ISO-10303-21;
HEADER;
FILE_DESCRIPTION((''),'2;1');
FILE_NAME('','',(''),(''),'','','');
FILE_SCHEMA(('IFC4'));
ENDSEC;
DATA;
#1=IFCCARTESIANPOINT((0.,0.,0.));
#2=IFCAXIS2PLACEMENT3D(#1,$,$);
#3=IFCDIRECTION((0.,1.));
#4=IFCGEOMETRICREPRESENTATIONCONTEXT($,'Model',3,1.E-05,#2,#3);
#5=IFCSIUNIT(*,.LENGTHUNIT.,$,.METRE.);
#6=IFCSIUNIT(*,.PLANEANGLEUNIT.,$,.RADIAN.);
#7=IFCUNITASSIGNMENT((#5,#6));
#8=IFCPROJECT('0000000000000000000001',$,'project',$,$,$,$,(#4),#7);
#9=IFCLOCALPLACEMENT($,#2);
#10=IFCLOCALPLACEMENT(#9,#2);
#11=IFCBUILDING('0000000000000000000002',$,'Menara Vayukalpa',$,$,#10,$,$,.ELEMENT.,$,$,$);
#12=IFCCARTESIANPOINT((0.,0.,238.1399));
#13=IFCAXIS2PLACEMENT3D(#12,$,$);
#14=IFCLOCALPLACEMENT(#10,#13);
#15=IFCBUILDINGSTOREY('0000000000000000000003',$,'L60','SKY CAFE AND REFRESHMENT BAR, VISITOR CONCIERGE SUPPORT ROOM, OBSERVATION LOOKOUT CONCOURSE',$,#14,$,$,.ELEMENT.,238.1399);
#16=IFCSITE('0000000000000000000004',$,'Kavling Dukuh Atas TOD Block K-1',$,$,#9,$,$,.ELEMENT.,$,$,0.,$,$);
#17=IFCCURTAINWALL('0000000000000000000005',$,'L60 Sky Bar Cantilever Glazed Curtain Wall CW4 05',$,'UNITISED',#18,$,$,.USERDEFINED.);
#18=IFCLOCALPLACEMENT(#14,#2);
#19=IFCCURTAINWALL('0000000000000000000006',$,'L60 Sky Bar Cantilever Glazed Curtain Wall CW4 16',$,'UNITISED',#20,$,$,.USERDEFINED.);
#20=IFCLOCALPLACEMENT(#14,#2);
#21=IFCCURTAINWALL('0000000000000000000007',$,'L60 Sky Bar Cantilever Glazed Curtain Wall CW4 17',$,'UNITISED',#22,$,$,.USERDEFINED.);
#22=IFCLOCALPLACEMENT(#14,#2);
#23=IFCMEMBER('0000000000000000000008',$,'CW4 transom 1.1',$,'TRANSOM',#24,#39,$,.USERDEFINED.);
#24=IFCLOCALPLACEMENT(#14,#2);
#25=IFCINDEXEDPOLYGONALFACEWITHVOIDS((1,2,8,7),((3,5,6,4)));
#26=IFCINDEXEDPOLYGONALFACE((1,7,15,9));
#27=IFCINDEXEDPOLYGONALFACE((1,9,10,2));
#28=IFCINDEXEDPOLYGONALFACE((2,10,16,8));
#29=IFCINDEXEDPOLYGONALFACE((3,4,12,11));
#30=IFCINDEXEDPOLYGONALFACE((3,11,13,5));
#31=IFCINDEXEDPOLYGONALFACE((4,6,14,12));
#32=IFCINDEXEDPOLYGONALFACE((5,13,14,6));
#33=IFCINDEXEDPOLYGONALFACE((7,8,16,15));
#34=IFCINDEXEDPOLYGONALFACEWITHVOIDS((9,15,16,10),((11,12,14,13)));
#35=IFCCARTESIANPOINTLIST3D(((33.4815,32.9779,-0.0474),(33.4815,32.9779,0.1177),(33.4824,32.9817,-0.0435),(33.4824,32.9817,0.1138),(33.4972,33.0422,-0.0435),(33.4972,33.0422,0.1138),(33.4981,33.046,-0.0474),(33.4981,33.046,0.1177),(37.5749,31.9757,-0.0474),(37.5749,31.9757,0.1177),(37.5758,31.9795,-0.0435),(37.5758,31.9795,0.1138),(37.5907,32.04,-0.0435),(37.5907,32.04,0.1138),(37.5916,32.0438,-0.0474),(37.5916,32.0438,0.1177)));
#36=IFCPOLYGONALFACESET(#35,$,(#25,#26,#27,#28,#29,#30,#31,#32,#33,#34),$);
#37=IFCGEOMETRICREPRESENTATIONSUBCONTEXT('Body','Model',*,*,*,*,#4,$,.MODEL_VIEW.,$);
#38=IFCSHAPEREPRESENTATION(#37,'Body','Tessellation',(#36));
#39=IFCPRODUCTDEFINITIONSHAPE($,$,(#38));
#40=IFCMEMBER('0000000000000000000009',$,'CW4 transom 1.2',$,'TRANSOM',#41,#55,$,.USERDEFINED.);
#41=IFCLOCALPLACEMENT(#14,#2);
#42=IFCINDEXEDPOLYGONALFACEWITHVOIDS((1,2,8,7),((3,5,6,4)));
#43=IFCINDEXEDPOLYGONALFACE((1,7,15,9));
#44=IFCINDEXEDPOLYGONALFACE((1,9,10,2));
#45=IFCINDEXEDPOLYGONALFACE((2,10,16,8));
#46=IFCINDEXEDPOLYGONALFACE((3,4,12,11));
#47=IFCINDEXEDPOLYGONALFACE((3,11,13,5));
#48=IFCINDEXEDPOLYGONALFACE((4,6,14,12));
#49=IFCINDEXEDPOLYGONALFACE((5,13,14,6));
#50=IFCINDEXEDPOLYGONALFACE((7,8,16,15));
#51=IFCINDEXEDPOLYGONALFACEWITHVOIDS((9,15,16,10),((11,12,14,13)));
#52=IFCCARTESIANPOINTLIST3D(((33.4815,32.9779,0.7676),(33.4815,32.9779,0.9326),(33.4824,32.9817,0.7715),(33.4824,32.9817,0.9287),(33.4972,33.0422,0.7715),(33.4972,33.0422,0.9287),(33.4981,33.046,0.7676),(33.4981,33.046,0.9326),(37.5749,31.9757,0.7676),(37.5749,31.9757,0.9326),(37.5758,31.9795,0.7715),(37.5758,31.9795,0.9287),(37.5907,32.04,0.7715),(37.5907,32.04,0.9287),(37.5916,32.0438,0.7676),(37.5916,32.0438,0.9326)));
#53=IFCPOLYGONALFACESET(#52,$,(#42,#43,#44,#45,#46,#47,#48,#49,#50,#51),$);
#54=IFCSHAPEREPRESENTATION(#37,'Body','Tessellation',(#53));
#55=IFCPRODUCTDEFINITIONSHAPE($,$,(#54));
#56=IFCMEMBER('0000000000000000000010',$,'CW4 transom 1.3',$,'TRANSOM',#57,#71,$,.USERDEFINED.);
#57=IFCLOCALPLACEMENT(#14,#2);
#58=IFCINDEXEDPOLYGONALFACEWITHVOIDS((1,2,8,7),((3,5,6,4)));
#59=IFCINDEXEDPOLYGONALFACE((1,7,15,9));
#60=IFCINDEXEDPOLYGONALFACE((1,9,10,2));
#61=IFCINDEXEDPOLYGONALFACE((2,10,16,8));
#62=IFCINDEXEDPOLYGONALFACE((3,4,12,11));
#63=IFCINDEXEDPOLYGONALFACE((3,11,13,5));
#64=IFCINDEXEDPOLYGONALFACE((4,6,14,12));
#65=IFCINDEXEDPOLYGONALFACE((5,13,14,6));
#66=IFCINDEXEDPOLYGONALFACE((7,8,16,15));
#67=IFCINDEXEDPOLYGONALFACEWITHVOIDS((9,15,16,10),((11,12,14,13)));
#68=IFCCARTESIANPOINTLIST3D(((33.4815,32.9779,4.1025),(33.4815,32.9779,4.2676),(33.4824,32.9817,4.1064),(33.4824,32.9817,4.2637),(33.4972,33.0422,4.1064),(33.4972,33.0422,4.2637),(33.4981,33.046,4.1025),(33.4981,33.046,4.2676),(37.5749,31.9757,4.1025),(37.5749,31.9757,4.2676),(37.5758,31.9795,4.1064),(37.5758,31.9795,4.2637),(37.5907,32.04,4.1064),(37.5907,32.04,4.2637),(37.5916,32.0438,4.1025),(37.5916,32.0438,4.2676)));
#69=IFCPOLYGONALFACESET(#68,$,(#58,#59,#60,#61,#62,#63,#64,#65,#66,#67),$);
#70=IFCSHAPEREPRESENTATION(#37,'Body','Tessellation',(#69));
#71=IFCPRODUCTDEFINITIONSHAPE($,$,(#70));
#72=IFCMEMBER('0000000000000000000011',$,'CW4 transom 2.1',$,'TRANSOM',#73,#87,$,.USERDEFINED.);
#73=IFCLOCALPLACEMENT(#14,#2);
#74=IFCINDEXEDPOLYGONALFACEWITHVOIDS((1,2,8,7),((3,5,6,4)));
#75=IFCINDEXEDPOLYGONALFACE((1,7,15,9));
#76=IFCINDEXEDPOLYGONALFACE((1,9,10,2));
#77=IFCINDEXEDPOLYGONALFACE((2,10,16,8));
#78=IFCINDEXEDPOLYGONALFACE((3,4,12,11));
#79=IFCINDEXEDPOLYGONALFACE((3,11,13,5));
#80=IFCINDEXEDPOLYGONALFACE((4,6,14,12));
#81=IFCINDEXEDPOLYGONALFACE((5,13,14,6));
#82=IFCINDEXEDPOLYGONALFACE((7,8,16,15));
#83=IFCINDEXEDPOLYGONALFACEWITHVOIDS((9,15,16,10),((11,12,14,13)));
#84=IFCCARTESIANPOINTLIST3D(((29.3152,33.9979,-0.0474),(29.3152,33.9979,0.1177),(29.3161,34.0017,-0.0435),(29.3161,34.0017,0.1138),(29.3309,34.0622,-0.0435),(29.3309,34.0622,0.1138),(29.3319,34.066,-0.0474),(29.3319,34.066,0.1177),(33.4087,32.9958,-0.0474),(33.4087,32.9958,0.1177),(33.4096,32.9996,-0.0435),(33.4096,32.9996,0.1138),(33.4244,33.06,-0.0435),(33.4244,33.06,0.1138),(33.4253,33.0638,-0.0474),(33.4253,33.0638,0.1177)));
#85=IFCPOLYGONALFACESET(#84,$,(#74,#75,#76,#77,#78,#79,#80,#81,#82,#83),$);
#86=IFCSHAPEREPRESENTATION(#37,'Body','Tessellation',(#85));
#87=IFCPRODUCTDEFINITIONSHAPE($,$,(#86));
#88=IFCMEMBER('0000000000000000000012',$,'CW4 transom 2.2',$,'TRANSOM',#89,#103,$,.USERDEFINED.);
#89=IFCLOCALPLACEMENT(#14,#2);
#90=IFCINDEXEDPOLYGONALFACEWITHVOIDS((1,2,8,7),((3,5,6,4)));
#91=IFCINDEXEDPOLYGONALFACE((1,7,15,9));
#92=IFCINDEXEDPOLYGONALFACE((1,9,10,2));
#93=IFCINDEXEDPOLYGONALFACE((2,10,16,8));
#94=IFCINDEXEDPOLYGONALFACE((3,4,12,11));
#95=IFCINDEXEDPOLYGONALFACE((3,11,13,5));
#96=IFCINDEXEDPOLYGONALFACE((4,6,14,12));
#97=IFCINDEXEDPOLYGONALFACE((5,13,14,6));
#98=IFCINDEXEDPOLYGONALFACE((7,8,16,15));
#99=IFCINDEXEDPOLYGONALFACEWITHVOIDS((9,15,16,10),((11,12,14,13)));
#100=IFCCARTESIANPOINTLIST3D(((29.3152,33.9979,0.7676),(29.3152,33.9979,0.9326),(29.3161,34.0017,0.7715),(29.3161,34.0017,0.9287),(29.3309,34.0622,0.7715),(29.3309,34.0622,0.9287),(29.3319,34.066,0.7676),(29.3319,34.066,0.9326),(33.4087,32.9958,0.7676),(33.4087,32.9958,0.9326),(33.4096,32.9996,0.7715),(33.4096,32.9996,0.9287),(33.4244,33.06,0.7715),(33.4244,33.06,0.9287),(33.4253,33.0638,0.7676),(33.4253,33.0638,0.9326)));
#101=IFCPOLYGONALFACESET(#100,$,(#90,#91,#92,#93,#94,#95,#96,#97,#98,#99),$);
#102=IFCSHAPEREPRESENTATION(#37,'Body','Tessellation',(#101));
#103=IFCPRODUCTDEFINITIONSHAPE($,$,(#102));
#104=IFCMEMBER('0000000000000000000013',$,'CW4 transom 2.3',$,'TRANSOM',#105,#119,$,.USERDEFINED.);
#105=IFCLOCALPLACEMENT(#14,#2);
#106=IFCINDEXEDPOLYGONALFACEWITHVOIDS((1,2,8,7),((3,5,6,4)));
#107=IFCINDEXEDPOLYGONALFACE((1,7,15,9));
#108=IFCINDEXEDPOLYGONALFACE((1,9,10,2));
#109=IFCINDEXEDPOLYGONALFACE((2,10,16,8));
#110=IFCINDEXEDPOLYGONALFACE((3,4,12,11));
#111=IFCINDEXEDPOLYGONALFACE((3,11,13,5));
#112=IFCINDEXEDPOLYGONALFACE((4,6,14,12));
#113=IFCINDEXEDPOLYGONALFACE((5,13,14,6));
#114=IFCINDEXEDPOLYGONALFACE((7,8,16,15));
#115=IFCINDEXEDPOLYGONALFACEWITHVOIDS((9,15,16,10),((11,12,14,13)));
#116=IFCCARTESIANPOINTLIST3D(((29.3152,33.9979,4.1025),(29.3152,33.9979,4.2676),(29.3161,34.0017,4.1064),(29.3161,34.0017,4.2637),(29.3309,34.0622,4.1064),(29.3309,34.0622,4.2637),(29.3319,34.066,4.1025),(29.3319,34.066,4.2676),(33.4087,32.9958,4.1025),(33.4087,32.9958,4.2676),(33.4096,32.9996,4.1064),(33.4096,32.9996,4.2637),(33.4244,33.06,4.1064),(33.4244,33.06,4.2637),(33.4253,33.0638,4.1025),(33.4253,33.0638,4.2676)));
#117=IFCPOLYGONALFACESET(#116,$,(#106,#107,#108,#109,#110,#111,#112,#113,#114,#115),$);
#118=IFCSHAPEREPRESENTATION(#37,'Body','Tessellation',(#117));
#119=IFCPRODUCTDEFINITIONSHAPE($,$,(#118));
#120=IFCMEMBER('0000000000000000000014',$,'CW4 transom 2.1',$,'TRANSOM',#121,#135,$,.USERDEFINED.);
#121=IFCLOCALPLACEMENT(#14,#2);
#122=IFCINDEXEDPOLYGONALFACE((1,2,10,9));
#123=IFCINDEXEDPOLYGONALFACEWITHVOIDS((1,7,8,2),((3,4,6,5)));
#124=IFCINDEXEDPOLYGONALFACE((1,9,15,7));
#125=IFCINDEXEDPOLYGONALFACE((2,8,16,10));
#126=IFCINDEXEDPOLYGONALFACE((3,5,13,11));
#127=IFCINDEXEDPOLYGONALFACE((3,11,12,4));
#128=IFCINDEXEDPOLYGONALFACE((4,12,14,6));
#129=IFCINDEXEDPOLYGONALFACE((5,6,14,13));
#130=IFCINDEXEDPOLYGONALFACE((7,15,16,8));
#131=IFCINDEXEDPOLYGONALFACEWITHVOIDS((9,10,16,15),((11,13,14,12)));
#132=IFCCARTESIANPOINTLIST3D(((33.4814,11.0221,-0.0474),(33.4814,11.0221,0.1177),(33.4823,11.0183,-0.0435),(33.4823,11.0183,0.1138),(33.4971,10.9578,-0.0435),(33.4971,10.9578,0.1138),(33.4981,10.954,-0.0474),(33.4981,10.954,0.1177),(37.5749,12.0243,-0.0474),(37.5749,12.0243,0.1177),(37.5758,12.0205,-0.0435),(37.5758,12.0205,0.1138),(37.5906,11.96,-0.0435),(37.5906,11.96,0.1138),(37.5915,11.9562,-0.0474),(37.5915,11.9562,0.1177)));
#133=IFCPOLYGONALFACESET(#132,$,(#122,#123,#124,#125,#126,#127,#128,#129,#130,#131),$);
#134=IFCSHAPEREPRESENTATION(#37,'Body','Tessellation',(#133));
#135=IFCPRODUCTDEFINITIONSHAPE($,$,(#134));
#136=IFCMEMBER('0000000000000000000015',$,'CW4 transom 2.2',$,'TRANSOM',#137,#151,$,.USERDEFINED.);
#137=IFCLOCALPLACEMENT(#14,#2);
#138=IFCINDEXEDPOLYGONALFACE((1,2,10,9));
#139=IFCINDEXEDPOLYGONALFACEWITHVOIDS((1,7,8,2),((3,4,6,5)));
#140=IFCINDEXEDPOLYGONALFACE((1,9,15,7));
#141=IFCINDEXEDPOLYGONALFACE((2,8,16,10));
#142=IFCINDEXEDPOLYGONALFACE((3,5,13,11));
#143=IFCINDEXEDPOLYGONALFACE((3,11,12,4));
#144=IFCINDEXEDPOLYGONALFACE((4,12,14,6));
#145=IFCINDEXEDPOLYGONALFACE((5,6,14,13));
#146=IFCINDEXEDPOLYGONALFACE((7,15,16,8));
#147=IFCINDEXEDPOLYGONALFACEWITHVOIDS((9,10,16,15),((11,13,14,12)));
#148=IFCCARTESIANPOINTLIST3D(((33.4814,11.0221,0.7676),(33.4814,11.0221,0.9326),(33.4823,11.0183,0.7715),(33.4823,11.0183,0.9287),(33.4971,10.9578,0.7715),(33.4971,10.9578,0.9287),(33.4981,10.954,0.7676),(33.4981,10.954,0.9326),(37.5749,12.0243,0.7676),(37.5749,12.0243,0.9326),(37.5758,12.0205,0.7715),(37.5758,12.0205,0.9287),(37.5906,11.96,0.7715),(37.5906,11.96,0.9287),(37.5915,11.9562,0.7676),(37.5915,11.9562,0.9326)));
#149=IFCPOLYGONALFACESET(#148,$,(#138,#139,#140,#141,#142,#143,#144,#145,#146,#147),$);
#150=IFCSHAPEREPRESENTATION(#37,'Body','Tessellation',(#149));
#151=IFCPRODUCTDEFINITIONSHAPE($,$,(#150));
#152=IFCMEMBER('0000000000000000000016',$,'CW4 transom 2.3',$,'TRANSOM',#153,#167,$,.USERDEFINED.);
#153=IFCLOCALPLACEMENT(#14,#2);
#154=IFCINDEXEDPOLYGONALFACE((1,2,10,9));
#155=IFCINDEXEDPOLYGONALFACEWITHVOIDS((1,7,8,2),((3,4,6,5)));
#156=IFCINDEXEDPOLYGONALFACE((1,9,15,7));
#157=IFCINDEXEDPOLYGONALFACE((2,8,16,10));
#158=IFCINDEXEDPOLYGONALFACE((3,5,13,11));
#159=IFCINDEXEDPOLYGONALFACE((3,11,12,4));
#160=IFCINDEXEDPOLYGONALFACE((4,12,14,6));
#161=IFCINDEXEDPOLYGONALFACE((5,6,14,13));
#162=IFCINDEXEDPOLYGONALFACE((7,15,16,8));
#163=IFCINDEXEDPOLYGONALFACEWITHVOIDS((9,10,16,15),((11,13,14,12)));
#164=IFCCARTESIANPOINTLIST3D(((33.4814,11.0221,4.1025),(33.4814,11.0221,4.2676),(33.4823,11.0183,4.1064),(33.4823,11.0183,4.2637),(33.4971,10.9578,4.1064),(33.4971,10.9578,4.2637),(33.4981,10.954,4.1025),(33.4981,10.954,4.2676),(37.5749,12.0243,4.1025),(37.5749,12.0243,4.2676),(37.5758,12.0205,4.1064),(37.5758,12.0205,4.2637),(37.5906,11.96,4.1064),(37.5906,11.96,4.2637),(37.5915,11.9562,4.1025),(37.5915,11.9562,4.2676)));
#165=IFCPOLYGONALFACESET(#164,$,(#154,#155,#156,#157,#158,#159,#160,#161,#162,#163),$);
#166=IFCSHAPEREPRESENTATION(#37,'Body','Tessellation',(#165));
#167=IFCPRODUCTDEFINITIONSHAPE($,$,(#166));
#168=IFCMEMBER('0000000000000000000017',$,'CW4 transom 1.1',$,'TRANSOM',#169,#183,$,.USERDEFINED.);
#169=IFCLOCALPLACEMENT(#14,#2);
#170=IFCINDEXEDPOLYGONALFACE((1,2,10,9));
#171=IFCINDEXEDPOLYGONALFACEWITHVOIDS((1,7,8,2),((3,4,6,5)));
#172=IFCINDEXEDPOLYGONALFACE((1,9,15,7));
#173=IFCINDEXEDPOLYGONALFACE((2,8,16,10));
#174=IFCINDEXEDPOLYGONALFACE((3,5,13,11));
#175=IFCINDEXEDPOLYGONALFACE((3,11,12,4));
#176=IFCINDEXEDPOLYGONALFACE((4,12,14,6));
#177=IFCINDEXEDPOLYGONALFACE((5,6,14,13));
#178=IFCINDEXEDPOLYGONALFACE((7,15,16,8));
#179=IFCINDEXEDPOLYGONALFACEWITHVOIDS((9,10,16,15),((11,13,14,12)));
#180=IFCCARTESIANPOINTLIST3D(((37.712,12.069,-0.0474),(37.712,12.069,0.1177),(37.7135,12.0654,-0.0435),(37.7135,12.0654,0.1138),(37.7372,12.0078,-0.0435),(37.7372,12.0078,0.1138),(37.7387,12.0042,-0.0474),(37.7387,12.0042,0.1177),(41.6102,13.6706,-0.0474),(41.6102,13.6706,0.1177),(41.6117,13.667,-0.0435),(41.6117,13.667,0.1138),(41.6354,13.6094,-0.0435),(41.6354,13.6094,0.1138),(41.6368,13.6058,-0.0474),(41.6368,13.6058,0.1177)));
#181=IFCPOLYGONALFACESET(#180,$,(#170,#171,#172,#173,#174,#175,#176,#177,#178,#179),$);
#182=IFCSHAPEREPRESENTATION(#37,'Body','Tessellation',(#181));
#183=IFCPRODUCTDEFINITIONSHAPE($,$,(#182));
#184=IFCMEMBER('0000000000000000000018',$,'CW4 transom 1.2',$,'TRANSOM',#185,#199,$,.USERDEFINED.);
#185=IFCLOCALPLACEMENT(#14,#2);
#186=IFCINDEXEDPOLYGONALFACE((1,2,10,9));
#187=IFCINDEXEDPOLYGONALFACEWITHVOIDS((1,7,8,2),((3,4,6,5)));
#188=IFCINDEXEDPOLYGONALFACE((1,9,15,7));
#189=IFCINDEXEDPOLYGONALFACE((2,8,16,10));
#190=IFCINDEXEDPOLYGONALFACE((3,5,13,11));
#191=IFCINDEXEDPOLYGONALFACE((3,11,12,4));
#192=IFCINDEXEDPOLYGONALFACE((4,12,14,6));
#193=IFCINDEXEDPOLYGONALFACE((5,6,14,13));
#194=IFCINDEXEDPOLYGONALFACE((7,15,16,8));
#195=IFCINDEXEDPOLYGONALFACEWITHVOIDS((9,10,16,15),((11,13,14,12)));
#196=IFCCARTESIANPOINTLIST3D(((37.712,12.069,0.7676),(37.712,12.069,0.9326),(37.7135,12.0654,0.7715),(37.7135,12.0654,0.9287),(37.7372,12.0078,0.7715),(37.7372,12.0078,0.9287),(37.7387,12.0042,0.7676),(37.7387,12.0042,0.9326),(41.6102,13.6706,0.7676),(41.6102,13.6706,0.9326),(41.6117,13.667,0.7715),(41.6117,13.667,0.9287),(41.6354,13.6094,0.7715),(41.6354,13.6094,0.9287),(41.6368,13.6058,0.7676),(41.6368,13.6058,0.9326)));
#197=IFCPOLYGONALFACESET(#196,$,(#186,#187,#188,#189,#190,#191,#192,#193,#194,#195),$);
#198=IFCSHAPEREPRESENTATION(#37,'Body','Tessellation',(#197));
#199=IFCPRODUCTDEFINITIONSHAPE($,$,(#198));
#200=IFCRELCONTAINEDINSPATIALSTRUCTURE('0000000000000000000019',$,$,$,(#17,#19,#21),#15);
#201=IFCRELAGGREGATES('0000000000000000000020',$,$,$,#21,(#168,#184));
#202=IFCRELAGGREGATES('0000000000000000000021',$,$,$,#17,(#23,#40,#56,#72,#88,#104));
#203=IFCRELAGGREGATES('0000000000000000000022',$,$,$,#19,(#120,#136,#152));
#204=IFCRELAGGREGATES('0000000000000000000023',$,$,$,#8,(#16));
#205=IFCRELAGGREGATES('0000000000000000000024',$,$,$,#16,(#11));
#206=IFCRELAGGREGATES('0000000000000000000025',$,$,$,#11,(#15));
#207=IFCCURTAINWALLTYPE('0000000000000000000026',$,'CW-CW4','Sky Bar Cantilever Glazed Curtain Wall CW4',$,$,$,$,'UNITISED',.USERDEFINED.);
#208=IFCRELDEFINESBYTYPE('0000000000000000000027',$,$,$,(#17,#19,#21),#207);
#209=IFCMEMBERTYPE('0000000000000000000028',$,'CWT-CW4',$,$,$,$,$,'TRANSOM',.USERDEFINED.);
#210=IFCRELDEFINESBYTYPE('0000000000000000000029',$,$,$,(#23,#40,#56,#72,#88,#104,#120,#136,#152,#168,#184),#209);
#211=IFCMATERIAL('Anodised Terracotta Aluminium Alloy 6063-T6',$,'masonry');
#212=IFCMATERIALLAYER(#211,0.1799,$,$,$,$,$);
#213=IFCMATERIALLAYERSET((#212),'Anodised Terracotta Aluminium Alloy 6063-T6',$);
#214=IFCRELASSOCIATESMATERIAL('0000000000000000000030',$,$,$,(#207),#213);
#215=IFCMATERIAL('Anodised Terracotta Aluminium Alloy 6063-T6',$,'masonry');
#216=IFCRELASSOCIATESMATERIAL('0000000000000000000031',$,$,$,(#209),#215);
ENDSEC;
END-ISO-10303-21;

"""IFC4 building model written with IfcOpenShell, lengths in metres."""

from ifc_helpers import new_model, si_unit, direction, frame, origin, origin_2d, place, context, subcontext, project, spatial, hollow_rectangle, extrude, material, layer, layer_set, material_profile, profile_set, type_object, element, aggregate, save


model = new_model("IFC4")

# Units and contexts
model_context = context("Model", 3, precision=1e-05, world=origin(), true_north=direction((0.0, 1.0)))
body_context = subcontext(model_context, "Body", "Model", "MODEL_VIEW")
ifc_project = project(units=[si_unit("LENGTHUNIT", "METRE"), si_unit("PLANEANGLEUNIT", "RADIAN")], contexts=[model_context])

# Site, building, storey
site_placement = place(None, origin())
site = spatial("IfcSite", under=ifc_project, at=site_placement, Name="Kavling Dukuh Atas TOD Block K-1", CompositionType="ELEMENT", RefElevation=0.0)
building_placement = place(site_placement, origin())
building = spatial("IfcBuilding", under=site, at=building_placement, Name="Menara Vayukalpa", CompositionType="ELEMENT")
storey_placement = place(building_placement, frame((0.0, 0.0, 238.1399)))
storey = spatial("IfcBuildingStorey", under=building, at=storey_placement, Name="L60", Description="SKY CAFE AND REFRESHMENT BAR, VISITOR CONCIERGE SUPPORT ROOM, OBSERVATION LOOKOUT CONCOURSE", CompositionType="ELEMENT", Elevation=238.1399)

# Shared definitions
ifc_material_1 = material(Name="Anodised Terracotta Aluminium Alloy 6063-T6", Category="masonry")
ifc_layer_1 = layer(ifc_material_1, 0.1799)
ifc_layer_set_1 = layer_set([ifc_layer_1], Name="Anodised Terracotta Aluminium Alloy 6063-T6")
curtain_wall_type = type_object("IfcCurtainWallType", Name="CW-CW4", Description="Sky Bar Cantilever Glazed Curtain Wall CW4", ElementType="UNITISED", PredefinedType="USERDEFINED", material=ifc_layer_set_1)

# Curtain walls
curtain_wall_1_placement = place(storey_placement, origin())
curtain_wall_1 = element("IfcCurtainWall", 1, at=curtain_wall_1_placement, inside=storey, type_object=curtain_wall_type, Name="L60 Sky Bar Cantilever Glazed Curtain Wall CW4 05", ObjectType="UNITISED", PredefinedType="USERDEFINED")
curtain_wall_2_placement = place(storey_placement, origin())
curtain_wall_2 = element("IfcCurtainWall", 2, at=curtain_wall_2_placement, inside=storey, type_object=curtain_wall_type, Name="L60 Sky Bar Cantilever Glazed Curtain Wall CW4 16", ObjectType="UNITISED", PredefinedType="USERDEFINED")

# Curtain wall
curtain_wall_3_placement = place(storey_placement, origin())
curtain_wall_3 = element("IfcCurtainWall", 3, at=curtain_wall_3_placement, inside=storey, type_object=curtain_wall_type, Name="L60 Sky Bar Cantilever Glazed Curtain Wall CW4 17", ObjectType="UNITISED", PredefinedType="USERDEFINED")

# Members
ifc_material_2 = material(Name="Anodised Terracotta Aluminium Alloy 6063-T6", Category="masonry")
ifc_material_profile_1 = material_profile(ifc_material_2, hollow_rectangle(XDim=0.0701, YDim=0.165, WallThickness=0.0039, at=origin_2d()), Name="ALU 70x165x4")
ifc_profile_set_1 = profile_set([ifc_material_profile_1], Name="Anodised Terracotta Aluminium Alloy 6063-T6")
member_type_1 = type_object("IfcMemberType", Name="CWT-CW4", ElementType="TRANSOM", PredefinedType="USERDEFINED", material=ifc_profile_set_1)
member_1_placement = place(storey_placement, frame((37.5833, 32.0098, 0.0352), z_axis=(-0.971313, 0.237803, 0.0), x_axis=(-0.237803, -0.971313, 0.0)))
member_1 = element("IfcMember", 4, at=member_1_placement, type_object=member_type_1, Name="CW4 transom 1.1", ObjectType="TRANSOM", PredefinedType="USERDEFINED", context=body_context, shape_type="SweptSolid", body=[
    extrude(hollow_rectangle(XDim=0.0701, YDim=0.165, WallThickness=0.0039, at=origin_2d()), origin(), (0.0, 0.0, 1.0), 4.2144),
])
member_2_placement = place(storey_placement, frame((37.5833, 32.0098, 0.8501), z_axis=(-0.971313, 0.237803, 0.0), x_axis=(-0.237803, -0.971313, 0.0)))
member_2 = element("IfcMember", 5, at=member_2_placement, type_object=member_type_1, Name="CW4 transom 1.2", ObjectType="TRANSOM", PredefinedType="USERDEFINED", context=body_context, shape_type="SweptSolid", body=[
    extrude(hollow_rectangle(XDim=0.0701, YDim=0.165, WallThickness=0.0039, at=origin_2d()), origin(), (0.0, 0.0, 1.0), 4.2144),
])
member_3_placement = place(storey_placement, frame((37.5833, 32.0098, 4.1851), z_axis=(-0.971313, 0.237803, 0.0), x_axis=(-0.237803, -0.971313, 0.0)))
member_3 = element("IfcMember", 6, at=member_3_placement, type_object=member_type_1, Name="CW4 transom 1.3", ObjectType="TRANSOM", PredefinedType="USERDEFINED", context=body_context, shape_type="SweptSolid", body=[
    extrude(hollow_rectangle(XDim=0.0701, YDim=0.165, WallThickness=0.0039, at=origin_2d()), origin(), (0.0, 0.0, 1.0), 4.2144),
])
member_4_placement = place(storey_placement, frame((33.417, 33.0298, 0.0352), z_axis=(-0.971313, 0.237803, 0.0), x_axis=(-0.237803, -0.971313, 0.0)))
member_4 = element("IfcMember", 7, at=member_4_placement, type_object=member_type_1, Name="CW4 transom 2.1", ObjectType="TRANSOM", PredefinedType="USERDEFINED", context=body_context, shape_type="SweptSolid", body=[
    extrude(hollow_rectangle(XDim=0.0701, YDim=0.165, WallThickness=0.0039, at=origin_2d()), origin(), (0.0, 0.0, 1.0), 4.2144),
])
member_5_placement = place(storey_placement, frame((33.417, 33.0298, 0.8501), z_axis=(-0.971313, 0.237803, 0.0), x_axis=(-0.237803, -0.971313, 0.0)))
member_5 = element("IfcMember", 8, at=member_5_placement, type_object=member_type_1, Name="CW4 transom 2.2", ObjectType="TRANSOM", PredefinedType="USERDEFINED", context=body_context, shape_type="SweptSolid", body=[
    extrude(hollow_rectangle(XDim=0.0701, YDim=0.165, WallThickness=0.0039, at=origin_2d()), origin(), (0.0, 0.0, 1.0), 4.2144),
])
member_6_placement = place(storey_placement, frame((33.417, 33.0298, 4.1851), z_axis=(-0.971313, 0.237803, 0.0), x_axis=(-0.237803, -0.971313, 0.0)))
member_6 = element("IfcMember", 9, at=member_6_placement, type_object=member_type_1, Name="CW4 transom 2.3", ObjectType="TRANSOM", PredefinedType="USERDEFINED", context=body_context, shape_type="SweptSolid", body=[
    extrude(hollow_rectangle(XDim=0.0701, YDim=0.165, WallThickness=0.0039, at=origin_2d()), origin(), (0.0, 0.0, 1.0), 4.2144),
])
member_7_placement = place(storey_placement, frame((33.4897, 10.988, 0.0352), z_axis=(0.971313, 0.237803, 0.0), x_axis=(-0.237803, 0.971313, 0.0)))
member_7 = element("IfcMember", 10, at=member_7_placement, type_object=member_type_1, Name="CW4 transom 2.1", ObjectType="TRANSOM", PredefinedType="USERDEFINED", context=body_context, shape_type="SweptSolid", body=[
    extrude(hollow_rectangle(XDim=0.0701, YDim=0.165, WallThickness=0.0039, at=origin_2d()), origin(), (0.0, 0.0, 1.0), 4.2144),
])
member_8_placement = place(storey_placement, frame((33.4897, 10.988, 0.8501), z_axis=(0.971313, 0.237803, 0.0), x_axis=(-0.237803, 0.971313, 0.0)))
member_8 = element("IfcMember", 11, at=member_8_placement, type_object=member_type_1, Name="CW4 transom 2.2", ObjectType="TRANSOM", PredefinedType="USERDEFINED", context=body_context, shape_type="SweptSolid", body=[
    extrude(hollow_rectangle(XDim=0.0701, YDim=0.165, WallThickness=0.0039, at=origin_2d()), origin(), (0.0, 0.0, 1.0), 4.2144),
])
member_9_placement = place(storey_placement, frame((33.4897, 10.988, 4.1851), z_axis=(0.971313, 0.237803, 0.0), x_axis=(-0.237803, 0.971313, 0.0)))
member_9 = element("IfcMember", 12, at=member_9_placement, type_object=member_type_1, Name="CW4 transom 2.3", ObjectType="TRANSOM", PredefinedType="USERDEFINED", context=body_context, shape_type="SweptSolid", body=[
    extrude(hollow_rectangle(XDim=0.0701, YDim=0.165, WallThickness=0.0039, at=origin_2d()), origin(), (0.0, 0.0, 1.0), 4.2144),
])
member_10_placement = place(storey_placement, frame((37.7253, 12.0366, 0.0352), z_axis=(0.924977, 0.380024, 0.0), x_axis=(-0.380024, 0.924977, 0.0)))
member_10 = element("IfcMember", 13, at=member_10_placement, type_object=member_type_1, Name="CW4 transom 1.1", ObjectType="TRANSOM", PredefinedType="USERDEFINED", context=body_context, shape_type="SweptSolid", body=[
    extrude(hollow_rectangle(XDim=0.0701, YDim=0.165, WallThickness=0.0039, at=origin_2d()), origin(), (0.0, 0.0, 1.0), 4.2144),
])
member_11_placement = place(storey_placement, frame((37.7253, 12.0366, 0.8501), z_axis=(0.924977, 0.380024, 0.0), x_axis=(-0.380024, 0.924977, 0.0)))
member_11 = element("IfcMember", 14, at=member_11_placement, type_object=member_type_1, Name="CW4 transom 1.2", ObjectType="TRANSOM", PredefinedType="USERDEFINED", context=body_context, shape_type="SweptSolid", body=[
    extrude(hollow_rectangle(XDim=0.0701, YDim=0.165, WallThickness=0.0039, at=origin_2d()), origin(), (0.0, 0.0, 1.0), 4.2144),
])
aggregate(curtain_wall_3, [member_10, member_11])

aggregate(curtain_wall_1, [member_1, member_2, member_3, member_4, member_5, member_6])
aggregate(curtain_wall_2, [member_7, member_8, member_9])

save(model, "model.ifc")
